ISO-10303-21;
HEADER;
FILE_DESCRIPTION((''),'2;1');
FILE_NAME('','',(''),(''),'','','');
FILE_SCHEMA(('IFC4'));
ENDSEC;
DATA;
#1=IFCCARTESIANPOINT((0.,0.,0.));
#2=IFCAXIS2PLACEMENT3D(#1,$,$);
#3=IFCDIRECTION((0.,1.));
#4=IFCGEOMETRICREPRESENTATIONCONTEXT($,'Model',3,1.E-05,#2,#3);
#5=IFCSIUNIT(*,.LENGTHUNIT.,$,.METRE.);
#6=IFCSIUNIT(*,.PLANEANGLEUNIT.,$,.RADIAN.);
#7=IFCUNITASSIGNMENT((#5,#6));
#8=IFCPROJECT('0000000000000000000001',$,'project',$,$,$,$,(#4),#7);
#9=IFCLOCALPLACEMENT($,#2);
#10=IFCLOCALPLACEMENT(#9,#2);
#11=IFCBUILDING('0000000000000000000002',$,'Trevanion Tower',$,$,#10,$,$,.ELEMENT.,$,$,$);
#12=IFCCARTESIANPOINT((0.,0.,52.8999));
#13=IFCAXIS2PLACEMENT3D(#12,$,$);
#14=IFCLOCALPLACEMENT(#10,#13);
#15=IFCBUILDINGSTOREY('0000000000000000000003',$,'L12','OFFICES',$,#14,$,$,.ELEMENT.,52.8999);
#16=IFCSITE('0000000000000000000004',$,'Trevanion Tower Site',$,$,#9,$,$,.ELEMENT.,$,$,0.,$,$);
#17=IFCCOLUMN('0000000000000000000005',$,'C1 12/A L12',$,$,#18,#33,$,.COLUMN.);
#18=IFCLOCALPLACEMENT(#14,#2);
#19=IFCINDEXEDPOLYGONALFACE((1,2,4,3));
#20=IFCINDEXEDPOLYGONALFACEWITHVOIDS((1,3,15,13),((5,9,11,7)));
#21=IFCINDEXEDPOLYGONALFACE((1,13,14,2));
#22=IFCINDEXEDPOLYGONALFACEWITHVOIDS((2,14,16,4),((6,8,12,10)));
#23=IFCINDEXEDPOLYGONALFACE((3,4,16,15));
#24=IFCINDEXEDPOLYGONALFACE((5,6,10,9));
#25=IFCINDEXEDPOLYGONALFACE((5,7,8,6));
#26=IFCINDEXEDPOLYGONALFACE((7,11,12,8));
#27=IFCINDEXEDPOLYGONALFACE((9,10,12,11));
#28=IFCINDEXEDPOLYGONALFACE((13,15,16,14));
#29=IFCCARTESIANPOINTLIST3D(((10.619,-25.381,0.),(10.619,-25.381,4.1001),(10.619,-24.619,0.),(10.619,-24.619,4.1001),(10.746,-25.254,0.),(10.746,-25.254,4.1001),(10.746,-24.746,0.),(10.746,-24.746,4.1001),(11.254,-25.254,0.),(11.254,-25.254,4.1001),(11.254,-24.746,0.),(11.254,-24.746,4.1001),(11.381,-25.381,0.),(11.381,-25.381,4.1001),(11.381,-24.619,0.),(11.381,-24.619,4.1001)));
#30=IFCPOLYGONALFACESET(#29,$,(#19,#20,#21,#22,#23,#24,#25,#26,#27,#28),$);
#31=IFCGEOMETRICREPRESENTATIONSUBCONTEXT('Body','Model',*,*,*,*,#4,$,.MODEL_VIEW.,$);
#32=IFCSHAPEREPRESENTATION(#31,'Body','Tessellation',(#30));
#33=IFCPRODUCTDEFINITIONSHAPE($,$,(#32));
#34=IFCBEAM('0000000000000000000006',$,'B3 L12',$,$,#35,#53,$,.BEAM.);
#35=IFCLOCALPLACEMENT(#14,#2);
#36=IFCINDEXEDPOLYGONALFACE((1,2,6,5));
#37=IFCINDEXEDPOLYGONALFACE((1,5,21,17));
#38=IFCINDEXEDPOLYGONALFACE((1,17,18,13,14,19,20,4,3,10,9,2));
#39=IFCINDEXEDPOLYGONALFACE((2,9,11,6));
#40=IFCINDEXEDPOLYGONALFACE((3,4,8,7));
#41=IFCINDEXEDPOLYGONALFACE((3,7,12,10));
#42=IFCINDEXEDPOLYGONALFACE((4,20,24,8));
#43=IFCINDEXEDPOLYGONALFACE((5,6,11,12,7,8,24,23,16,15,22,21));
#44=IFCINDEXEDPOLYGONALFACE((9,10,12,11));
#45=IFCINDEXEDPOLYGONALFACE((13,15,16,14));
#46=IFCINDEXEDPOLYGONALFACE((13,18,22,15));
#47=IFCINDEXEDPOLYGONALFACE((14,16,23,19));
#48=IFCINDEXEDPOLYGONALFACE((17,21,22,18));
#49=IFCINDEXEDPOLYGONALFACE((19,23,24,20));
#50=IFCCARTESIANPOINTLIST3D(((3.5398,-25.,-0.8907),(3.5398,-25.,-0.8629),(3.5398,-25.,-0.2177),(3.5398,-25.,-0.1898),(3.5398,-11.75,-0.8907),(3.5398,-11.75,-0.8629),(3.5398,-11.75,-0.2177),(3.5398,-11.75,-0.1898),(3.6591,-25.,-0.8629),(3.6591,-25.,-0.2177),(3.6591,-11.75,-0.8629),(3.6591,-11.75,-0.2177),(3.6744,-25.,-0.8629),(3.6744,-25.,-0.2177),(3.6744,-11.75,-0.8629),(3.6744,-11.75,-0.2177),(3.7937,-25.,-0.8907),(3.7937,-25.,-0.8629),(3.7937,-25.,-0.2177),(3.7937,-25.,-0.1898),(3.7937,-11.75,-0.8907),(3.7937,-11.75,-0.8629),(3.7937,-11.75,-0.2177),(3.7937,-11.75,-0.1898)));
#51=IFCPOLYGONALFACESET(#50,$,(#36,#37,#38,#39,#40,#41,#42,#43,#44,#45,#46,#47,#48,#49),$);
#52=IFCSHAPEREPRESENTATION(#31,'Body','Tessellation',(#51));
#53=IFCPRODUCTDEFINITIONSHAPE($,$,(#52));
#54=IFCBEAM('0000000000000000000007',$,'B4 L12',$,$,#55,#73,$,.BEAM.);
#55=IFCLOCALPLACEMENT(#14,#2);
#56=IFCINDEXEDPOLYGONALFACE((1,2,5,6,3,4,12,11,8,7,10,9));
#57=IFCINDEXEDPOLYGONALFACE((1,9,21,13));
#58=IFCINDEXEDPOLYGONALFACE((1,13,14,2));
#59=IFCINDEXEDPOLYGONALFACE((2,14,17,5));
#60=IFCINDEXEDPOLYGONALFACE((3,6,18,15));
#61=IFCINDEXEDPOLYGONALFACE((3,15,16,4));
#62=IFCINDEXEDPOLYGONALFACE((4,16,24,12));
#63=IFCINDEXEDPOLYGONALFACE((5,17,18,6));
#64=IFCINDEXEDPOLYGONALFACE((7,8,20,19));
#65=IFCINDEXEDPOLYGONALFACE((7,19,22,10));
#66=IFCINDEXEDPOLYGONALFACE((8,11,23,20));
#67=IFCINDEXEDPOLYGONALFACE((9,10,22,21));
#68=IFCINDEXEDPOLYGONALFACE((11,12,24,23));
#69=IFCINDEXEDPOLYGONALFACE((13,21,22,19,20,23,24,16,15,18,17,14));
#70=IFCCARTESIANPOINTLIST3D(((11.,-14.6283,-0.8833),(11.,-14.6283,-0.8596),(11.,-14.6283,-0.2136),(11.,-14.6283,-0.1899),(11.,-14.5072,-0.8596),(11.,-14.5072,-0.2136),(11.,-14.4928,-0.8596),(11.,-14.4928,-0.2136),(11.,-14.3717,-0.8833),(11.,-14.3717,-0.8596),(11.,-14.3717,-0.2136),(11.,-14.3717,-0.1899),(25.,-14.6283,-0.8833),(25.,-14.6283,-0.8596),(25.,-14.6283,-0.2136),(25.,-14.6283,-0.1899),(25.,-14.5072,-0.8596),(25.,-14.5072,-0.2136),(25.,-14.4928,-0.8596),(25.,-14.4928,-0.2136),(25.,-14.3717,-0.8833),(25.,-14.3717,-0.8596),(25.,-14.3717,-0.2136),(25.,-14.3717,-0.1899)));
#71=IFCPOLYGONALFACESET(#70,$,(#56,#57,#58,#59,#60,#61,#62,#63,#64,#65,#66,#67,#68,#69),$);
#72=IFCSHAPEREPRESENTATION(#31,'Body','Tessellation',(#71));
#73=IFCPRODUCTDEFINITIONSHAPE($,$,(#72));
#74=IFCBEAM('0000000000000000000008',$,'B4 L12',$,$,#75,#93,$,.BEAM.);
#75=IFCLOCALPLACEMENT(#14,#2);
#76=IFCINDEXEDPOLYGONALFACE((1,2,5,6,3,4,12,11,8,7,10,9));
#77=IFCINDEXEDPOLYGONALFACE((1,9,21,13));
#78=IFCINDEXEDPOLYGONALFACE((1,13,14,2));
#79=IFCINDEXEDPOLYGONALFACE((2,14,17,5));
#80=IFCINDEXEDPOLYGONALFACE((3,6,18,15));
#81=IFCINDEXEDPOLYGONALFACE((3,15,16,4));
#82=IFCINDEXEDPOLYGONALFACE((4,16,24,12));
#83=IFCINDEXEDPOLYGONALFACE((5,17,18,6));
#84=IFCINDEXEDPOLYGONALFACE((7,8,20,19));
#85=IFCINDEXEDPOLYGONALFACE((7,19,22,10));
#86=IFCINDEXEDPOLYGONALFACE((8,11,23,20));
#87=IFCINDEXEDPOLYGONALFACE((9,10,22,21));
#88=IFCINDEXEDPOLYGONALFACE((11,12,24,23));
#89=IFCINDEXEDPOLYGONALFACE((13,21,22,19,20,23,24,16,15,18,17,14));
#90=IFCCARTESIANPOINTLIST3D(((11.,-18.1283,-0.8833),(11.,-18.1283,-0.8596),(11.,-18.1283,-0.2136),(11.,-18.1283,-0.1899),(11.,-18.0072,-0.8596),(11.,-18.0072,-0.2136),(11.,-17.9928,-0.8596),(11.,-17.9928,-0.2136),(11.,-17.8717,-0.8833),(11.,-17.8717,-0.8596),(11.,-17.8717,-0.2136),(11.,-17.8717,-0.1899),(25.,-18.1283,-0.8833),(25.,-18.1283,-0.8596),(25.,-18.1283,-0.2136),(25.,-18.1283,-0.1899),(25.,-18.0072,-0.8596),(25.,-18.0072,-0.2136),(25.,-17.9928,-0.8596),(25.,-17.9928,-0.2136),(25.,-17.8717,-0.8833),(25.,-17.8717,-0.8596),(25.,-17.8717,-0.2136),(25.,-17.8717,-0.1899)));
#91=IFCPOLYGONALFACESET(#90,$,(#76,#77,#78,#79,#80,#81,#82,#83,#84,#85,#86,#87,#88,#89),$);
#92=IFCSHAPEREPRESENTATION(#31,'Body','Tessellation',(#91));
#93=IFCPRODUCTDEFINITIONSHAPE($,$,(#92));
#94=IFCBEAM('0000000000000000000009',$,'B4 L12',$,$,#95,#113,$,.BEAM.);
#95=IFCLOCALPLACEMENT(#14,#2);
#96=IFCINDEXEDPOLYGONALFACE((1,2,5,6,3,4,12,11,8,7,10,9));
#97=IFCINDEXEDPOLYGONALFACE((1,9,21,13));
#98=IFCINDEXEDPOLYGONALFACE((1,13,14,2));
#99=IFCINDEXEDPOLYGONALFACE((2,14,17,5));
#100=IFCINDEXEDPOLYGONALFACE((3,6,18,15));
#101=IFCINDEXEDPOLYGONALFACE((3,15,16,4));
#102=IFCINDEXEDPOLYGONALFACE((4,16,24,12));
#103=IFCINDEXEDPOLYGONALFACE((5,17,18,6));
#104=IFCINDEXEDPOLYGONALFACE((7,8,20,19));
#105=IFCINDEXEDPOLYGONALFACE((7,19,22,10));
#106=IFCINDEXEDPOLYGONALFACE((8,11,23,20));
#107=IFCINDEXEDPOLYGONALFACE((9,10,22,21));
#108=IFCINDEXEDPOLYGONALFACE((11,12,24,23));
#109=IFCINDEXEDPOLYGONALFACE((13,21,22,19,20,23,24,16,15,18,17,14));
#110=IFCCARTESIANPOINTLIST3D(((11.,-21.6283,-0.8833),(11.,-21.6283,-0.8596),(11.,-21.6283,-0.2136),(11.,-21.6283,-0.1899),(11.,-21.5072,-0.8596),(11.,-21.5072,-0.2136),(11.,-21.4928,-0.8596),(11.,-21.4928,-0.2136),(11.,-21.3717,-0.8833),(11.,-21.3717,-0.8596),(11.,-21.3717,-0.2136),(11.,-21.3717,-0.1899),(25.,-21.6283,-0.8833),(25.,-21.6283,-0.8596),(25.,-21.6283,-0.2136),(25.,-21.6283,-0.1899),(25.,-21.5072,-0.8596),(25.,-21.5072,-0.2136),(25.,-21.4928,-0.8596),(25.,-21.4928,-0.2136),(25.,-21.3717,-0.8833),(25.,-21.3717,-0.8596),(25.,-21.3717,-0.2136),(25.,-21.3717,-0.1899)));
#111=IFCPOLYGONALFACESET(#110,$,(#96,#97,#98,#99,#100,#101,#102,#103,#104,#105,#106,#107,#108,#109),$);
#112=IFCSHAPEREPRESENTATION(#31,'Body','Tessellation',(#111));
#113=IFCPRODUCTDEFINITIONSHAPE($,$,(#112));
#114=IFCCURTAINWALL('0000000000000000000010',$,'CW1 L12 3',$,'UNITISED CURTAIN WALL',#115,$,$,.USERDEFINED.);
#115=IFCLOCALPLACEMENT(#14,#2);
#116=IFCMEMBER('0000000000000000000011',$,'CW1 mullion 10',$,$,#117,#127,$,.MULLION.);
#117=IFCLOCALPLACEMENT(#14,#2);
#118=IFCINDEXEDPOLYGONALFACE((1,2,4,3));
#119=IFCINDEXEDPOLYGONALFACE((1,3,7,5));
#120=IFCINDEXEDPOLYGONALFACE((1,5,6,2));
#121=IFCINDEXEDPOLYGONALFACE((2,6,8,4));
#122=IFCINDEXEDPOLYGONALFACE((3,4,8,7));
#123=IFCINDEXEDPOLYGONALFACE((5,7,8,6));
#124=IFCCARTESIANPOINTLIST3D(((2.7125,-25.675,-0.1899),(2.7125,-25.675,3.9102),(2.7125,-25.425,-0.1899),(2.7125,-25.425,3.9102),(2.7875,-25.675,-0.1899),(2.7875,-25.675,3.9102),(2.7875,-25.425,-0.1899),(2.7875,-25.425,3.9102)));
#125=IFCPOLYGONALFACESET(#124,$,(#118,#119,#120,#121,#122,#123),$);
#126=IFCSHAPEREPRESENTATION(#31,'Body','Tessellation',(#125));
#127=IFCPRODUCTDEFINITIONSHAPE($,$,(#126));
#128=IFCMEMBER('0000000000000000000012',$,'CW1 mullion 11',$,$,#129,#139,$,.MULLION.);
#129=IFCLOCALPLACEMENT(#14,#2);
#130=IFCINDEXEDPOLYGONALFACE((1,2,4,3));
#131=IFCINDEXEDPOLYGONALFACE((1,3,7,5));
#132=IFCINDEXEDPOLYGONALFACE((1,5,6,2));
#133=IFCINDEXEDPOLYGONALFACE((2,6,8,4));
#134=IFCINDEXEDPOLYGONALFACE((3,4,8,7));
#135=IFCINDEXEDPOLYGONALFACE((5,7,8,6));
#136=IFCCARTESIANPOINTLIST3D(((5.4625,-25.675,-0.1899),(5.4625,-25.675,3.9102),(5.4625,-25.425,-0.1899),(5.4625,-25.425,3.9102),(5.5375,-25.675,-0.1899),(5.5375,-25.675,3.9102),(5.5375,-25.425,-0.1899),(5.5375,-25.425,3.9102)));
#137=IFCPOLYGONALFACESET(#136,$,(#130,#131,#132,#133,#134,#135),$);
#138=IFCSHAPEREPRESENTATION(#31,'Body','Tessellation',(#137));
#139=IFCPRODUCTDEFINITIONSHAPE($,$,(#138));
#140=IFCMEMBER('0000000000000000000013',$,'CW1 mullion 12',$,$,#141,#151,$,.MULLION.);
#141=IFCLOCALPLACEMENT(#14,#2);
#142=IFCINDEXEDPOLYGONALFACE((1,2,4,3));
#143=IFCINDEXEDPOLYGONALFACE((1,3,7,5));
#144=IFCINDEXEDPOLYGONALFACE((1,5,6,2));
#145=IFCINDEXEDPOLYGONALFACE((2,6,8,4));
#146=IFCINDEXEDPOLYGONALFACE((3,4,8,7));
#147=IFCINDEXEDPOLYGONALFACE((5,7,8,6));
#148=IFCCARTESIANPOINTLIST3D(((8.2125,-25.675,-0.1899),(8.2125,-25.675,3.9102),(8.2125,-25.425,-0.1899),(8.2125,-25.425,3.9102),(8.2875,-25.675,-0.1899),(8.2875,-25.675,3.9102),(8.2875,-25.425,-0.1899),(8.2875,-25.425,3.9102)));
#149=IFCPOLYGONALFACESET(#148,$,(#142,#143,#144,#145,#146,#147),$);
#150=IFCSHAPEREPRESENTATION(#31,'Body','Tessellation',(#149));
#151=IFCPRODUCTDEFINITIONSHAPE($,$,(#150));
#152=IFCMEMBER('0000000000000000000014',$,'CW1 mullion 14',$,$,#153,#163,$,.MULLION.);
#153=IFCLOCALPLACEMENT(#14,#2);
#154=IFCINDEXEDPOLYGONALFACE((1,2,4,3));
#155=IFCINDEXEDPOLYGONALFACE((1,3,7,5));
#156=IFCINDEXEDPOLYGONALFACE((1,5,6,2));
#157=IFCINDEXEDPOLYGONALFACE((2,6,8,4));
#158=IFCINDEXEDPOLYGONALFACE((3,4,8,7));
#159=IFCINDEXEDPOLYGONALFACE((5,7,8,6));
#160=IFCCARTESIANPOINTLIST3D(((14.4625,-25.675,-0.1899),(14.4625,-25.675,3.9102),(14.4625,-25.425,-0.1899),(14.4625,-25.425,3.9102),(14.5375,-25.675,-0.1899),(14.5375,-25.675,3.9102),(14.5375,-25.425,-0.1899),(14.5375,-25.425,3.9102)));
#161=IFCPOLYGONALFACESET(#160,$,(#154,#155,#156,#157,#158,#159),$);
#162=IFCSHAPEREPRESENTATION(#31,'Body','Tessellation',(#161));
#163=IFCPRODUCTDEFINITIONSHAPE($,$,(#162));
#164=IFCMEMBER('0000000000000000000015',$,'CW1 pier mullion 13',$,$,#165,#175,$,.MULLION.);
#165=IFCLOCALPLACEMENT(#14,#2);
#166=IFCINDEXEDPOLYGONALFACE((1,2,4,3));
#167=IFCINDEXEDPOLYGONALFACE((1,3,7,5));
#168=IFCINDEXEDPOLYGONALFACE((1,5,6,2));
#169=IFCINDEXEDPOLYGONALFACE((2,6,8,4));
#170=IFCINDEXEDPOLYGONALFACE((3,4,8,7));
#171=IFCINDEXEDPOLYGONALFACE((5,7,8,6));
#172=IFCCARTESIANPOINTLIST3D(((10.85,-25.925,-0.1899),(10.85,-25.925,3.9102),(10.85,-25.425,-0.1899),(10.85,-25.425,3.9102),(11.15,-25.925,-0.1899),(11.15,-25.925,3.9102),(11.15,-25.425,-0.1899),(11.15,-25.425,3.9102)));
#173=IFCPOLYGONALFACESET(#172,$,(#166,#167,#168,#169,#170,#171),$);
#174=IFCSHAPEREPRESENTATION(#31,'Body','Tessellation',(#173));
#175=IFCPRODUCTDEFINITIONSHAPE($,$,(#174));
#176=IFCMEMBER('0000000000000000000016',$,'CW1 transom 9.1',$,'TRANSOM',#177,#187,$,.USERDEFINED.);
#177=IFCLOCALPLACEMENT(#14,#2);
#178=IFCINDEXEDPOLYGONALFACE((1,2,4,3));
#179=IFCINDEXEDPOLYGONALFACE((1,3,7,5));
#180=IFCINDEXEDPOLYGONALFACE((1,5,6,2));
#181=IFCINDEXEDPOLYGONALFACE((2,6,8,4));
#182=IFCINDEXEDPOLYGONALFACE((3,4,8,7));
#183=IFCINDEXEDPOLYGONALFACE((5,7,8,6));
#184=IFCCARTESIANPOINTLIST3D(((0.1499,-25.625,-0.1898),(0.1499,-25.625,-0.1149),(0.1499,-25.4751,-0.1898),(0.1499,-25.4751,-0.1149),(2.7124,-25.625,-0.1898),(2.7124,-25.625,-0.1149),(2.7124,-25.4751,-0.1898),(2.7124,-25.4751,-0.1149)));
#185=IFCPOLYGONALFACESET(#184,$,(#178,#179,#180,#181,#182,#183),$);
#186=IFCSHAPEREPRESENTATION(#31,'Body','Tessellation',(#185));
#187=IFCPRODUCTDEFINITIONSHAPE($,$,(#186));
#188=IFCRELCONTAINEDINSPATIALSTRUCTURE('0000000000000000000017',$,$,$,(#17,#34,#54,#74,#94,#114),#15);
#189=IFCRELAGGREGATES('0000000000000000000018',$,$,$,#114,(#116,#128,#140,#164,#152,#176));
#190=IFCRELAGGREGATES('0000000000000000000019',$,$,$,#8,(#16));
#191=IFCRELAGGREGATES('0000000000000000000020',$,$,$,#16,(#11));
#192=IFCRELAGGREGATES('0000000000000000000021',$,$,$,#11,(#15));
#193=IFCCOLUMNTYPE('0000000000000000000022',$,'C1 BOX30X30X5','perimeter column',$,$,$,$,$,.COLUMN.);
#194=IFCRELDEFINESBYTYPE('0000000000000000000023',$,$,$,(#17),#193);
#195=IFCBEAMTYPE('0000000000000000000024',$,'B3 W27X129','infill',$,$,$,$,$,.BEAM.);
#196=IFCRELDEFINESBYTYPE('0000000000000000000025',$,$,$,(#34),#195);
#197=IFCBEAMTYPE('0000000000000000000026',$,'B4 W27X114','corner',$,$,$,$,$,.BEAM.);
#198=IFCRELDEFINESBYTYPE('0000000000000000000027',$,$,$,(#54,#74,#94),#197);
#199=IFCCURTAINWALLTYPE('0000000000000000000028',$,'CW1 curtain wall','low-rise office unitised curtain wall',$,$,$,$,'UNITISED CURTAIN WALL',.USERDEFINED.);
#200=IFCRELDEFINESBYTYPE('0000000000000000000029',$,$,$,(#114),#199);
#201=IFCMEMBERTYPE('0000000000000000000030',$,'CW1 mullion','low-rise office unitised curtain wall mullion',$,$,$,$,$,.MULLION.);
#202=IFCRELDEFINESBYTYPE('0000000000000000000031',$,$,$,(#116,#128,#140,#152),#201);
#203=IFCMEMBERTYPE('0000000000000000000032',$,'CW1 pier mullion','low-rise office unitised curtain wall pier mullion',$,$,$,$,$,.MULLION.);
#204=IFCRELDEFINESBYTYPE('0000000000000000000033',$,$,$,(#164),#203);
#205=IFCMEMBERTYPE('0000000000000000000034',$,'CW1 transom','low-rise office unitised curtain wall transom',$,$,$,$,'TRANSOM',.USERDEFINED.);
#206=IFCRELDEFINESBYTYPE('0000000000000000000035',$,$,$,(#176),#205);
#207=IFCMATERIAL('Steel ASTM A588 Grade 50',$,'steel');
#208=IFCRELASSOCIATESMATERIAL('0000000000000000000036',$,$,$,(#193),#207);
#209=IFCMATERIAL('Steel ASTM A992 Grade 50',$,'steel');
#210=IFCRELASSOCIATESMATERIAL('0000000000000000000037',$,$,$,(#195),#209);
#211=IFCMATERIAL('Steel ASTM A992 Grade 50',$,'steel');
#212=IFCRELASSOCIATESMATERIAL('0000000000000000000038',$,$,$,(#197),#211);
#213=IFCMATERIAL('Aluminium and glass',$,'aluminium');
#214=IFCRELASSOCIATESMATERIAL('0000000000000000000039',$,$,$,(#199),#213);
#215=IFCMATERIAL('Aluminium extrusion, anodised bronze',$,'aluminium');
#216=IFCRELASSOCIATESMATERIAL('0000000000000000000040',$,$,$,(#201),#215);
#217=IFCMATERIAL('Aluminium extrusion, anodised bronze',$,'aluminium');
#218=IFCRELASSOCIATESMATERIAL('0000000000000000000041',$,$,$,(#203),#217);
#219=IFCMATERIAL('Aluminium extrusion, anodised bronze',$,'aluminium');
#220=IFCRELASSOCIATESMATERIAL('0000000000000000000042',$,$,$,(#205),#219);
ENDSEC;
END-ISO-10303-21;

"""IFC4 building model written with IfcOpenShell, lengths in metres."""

from ifc_helpers import new_model, si_unit, direction, frame, origin, origin_2d, place, context, subcontext, project, spatial, rectangle, hollow_rectangle, i_section, extrude, material, material_profile, profile_set, type_object, element, aggregate, save


model = new_model("IFC4")

# Units and contexts
model_context = context("Model", 3, precision=1e-05, world=origin(), true_north=direction((0.0, 1.0)))
body_context = subcontext(model_context, "Body", "Model", "MODEL_VIEW")
ifc_project = project(units=[si_unit("LENGTHUNIT", "METRE"), si_unit("PLANEANGLEUNIT", "RADIAN")], contexts=[model_context])

# Site, building, storey
site_placement = place(None, origin())
site = spatial("IfcSite", under=ifc_project, at=site_placement, Name="Trevanion Tower Site", CompositionType="ELEMENT", RefElevation=0.0)
building_placement = place(site_placement, origin())
building = spatial("IfcBuilding", under=site, at=building_placement, Name="Trevanion Tower", CompositionType="ELEMENT")
storey_placement = place(building_placement, frame((0.0, 0.0, 52.8999)))
storey = spatial("IfcBuildingStorey", under=building, at=storey_placement, Name="L12", Description="OFFICES", CompositionType="ELEMENT", Elevation=52.8999)

# Column
ifc_material_1 = material(Name="Steel ASTM A588 Grade 50", Category="steel")
ifc_material_profile_1 = material_profile(ifc_material_1, hollow_rectangle(XDim=0.762, YDim=0.762, WallThickness=0.127, at=origin_2d()), Name="BOX30X30X5")
ifc_profile_set_1 = profile_set([ifc_material_profile_1], Name="Steel ASTM A588 Grade 50")
column_type = type_object("IfcColumnType", Name="C1 BOX30X30X5", Description="perimeter column", PredefinedType="COLUMN", material=ifc_profile_set_1)
column_placement = place(storey_placement, frame((11.0, -25.0, 0.0), z_axis=(0.0, 0.0, 1.0), x_axis=(1.0, 0.0, 0.0)))
element("IfcColumn", 1, at=column_placement, inside=storey, type_object=column_type, Name="C1 12/A L12", PredefinedType="COLUMN", context=body_context, shape_type="SweptSolid", body=[
    extrude(hollow_rectangle(XDim=0.762, YDim=0.762, WallThickness=0.127, at=origin_2d()), origin(), (0.0, 0.0, 1.0), 4.1001),
])

# Beams
ifc_material_2 = material(Name="Steel ASTM A992 Grade 50", Category="steel")
ifc_material_profile_2 = material_profile(ifc_material_2, i_section(OverallWidth=0.2539, OverallDepth=0.7009, WebThickness=0.0154, FlangeThickness=0.0278, at=origin_2d()), Name="W27X129")
ifc_profile_set_2 = profile_set([ifc_material_profile_2], Name="Steel ASTM A992 Grade 50")
beam_type_1 = type_object("IfcBeamType", Name="B3 W27X129", Description="infill", PredefinedType="BEAM", material=ifc_profile_set_2)
beam_1_placement = place(storey_placement, frame((3.6667, -11.75, -0.5403), z_axis=(0.0, -1.0, 0.0), x_axis=(1.0, 0.0, 0.0)))
element("IfcBeam", 2, at=beam_1_placement, inside=storey, type_object=beam_type_1, Name="B3 L12", PredefinedType="BEAM", context=body_context, shape_type="SweptSolid", body=[
    extrude(i_section(OverallWidth=0.2539, OverallDepth=0.7009, WebThickness=0.0154, FlangeThickness=0.0278, at=origin_2d()), origin(), (0.0, 0.0, 1.0), 13.25),
])
ifc_material_3 = material(Name="Steel ASTM A992 Grade 50", Category="steel")
ifc_material_profile_3 = material_profile(ifc_material_3, i_section(OverallWidth=0.2566, OverallDepth=0.6934, WebThickness=0.0144, FlangeThickness=0.0237, at=origin_2d()), Name="W27X114")
ifc_profile_set_3 = profile_set([ifc_material_profile_3], Name="Steel ASTM A992 Grade 50")
beam_type_2 = type_object("IfcBeamType", Name="B4 W27X114", Description="corner", PredefinedType="BEAM", material=ifc_profile_set_3)
for number, where, z_axis, x_axis, name in (
    (3, (11.0, -14.5, -0.5366), (1.0, 0.0, 0.0), (0.0, 1.0, 0.0), "B4 L12"),
    (4, (11.0, -18.0, -0.5366), (1.0, 0.0, 0.0), (0.0, 1.0, 0.0), "B4 L12"),
    (5, (11.0, -21.5, -0.5366), (1.0, 0.0, 0.0), (0.0, 1.0, 0.0), "B4 L12"),
):
    element("IfcBeam", number, at=place(storey_placement, frame(where, z_axis=z_axis, x_axis=x_axis)), inside=storey, type_object=beam_type_2, Name=name, PredefinedType="BEAM", context=body_context, shape_type="SweptSolid", body=[
        extrude(i_section(OverallWidth=0.2566, OverallDepth=0.6934, WebThickness=0.0144, FlangeThickness=0.0237, at=origin_2d()), origin(), (0.0, 0.0, 1.0), 14.0),
    ])

# Curtain wall, members
ifc_material_4 = material(Name="Aluminium and glass", Category="aluminium")
curtain_wall_type = type_object("IfcCurtainWallType", Name="CW1 curtain wall", Description="low-rise office unitised curtain wall", ElementType="UNITISED CURTAIN WALL", PredefinedType="USERDEFINED", material=ifc_material_4)
curtain_wall_placement = place(storey_placement, origin())
curtain_wall = element("IfcCurtainWall", 6, at=curtain_wall_placement, inside=storey, type_object=curtain_wall_type, Name="CW1 L12 3", ObjectType="UNITISED CURTAIN WALL", PredefinedType="USERDEFINED")
ifc_material_5 = material(Name="Aluminium extrusion, anodised bronze", Category="aluminium")
ifc_material_profile_4 = material_profile(ifc_material_5, rectangle(XDim=0.075, YDim=0.25, at=origin_2d()), Name="CW1 mullion")
ifc_profile_set_4 = profile_set([ifc_material_profile_4], Name="Aluminium extrusion, anodised bronze")
member_type_1 = type_object("IfcMemberType", Name="CW1 mullion", Description="low-rise office unitised curtain wall mullion", PredefinedType="MULLION", material=ifc_profile_set_4)
member_1_placement = place(storey_placement, frame((2.75, -25.55, -0.1899), z_axis=(0.0, 0.0, 1.0), x_axis=(1.0, 0.0, 0.0)))
member_1 = element("IfcMember", 7, at=member_1_placement, type_object=member_type_1, Name="CW1 mullion 10", PredefinedType="MULLION", context=body_context, shape_type="SweptSolid", body=[
    extrude(rectangle(XDim=0.075, YDim=0.25, at=origin_2d()), origin(), (0.0, 0.0, 1.0), 4.1001),
])
member_2_placement = place(storey_placement, frame((5.5, -25.55, -0.1899), z_axis=(0.0, 0.0, 1.0), x_axis=(1.0, 0.0, 0.0)))
member_2 = element("IfcMember", 8, at=member_2_placement, type_object=member_type_1, Name="CW1 mullion 11", PredefinedType="MULLION", context=body_context, shape_type="SweptSolid", body=[
    extrude(rectangle(XDim=0.075, YDim=0.25, at=origin_2d()), origin(), (0.0, 0.0, 1.0), 4.1001),
])
member_3_placement = place(storey_placement, frame((8.25, -25.55, -0.1899), z_axis=(0.0, 0.0, 1.0), x_axis=(1.0, 0.0, 0.0)))
member_3 = element("IfcMember", 9, at=member_3_placement, type_object=member_type_1, Name="CW1 mullion 12", PredefinedType="MULLION", context=body_context, shape_type="SweptSolid", body=[
    extrude(rectangle(XDim=0.075, YDim=0.25, at=origin_2d()), origin(), (0.0, 0.0, 1.0), 4.1001),
])
member_4_placement = place(storey_placement, frame((14.5, -25.55, -0.1899), z_axis=(0.0, 0.0, 1.0), x_axis=(1.0, 0.0, 0.0)))
member_4 = element("IfcMember", 10, at=member_4_placement, type_object=member_type_1, Name="CW1 mullion 14", PredefinedType="MULLION", context=body_context, shape_type="SweptSolid", body=[
    extrude(rectangle(XDim=0.075, YDim=0.25, at=origin_2d()), origin(), (0.0, 0.0, 1.0), 4.1001),
])
ifc_material_6 = material(Name="Aluminium extrusion, anodised bronze", Category="aluminium")
ifc_material_profile_5 = material_profile(ifc_material_6, rectangle(XDim=0.3, YDim=0.5, at=origin_2d()), Name="CW1 pier mullion")
ifc_profile_set_5 = profile_set([ifc_material_profile_5], Name="Aluminium extrusion, anodised bronze")
member_type_2 = type_object("IfcMemberType", Name="CW1 pier mullion", Description="low-rise office unitised curtain wall pier mullion", PredefinedType="MULLION", material=ifc_profile_set_5)
member_5_placement = place(storey_placement, frame((11.0, -25.675, -0.1899), z_axis=(0.0, 0.0, 1.0), x_axis=(1.0, 0.0, 0.0)))
member_5 = element("IfcMember", 11, at=member_5_placement, type_object=member_type_2, Name="CW1 pier mullion 13", PredefinedType="MULLION", context=body_context, shape_type="SweptSolid", body=[
    extrude(rectangle(XDim=0.3, YDim=0.5, at=origin_2d()), origin(), (0.0, 0.0, 1.0), 4.1001),
])
ifc_material_7 = material(Name="Aluminium extrusion, anodised bronze", Category="aluminium")
ifc_material_profile_6 = material_profile(ifc_material_7, rectangle(XDim=0.1499, YDim=0.075, at=origin_2d()), Name="CW1 transom")
ifc_profile_set_6 = profile_set([ifc_material_profile_6], Name="Aluminium extrusion, anodised bronze")
member_type_3 = type_object("IfcMemberType", Name="CW1 transom", Description="low-rise office unitised curtain wall transom", ElementType="TRANSOM", PredefinedType="USERDEFINED", material=ifc_profile_set_6)
member_6_placement = place(storey_placement, frame((0.1499, -25.55, -0.1523), z_axis=(1.0, 0.0, 0.0), x_axis=(0.0, 1.0, 0.0)))
member_6 = element("IfcMember", 12, at=member_6_placement, type_object=member_type_3, Name="CW1 transom 9.1", ObjectType="TRANSOM", PredefinedType="USERDEFINED", context=body_context, shape_type="SweptSolid", body=[
    extrude(rectangle(XDim=0.1499, YDim=0.075, at=origin_2d()), origin(), (0.0, 0.0, 1.0), 2.5625),
])

aggregate(curtain_wall, [member_1, member_2, member_3, member_5, member_4, member_6])

save(model, "model.ifc")
